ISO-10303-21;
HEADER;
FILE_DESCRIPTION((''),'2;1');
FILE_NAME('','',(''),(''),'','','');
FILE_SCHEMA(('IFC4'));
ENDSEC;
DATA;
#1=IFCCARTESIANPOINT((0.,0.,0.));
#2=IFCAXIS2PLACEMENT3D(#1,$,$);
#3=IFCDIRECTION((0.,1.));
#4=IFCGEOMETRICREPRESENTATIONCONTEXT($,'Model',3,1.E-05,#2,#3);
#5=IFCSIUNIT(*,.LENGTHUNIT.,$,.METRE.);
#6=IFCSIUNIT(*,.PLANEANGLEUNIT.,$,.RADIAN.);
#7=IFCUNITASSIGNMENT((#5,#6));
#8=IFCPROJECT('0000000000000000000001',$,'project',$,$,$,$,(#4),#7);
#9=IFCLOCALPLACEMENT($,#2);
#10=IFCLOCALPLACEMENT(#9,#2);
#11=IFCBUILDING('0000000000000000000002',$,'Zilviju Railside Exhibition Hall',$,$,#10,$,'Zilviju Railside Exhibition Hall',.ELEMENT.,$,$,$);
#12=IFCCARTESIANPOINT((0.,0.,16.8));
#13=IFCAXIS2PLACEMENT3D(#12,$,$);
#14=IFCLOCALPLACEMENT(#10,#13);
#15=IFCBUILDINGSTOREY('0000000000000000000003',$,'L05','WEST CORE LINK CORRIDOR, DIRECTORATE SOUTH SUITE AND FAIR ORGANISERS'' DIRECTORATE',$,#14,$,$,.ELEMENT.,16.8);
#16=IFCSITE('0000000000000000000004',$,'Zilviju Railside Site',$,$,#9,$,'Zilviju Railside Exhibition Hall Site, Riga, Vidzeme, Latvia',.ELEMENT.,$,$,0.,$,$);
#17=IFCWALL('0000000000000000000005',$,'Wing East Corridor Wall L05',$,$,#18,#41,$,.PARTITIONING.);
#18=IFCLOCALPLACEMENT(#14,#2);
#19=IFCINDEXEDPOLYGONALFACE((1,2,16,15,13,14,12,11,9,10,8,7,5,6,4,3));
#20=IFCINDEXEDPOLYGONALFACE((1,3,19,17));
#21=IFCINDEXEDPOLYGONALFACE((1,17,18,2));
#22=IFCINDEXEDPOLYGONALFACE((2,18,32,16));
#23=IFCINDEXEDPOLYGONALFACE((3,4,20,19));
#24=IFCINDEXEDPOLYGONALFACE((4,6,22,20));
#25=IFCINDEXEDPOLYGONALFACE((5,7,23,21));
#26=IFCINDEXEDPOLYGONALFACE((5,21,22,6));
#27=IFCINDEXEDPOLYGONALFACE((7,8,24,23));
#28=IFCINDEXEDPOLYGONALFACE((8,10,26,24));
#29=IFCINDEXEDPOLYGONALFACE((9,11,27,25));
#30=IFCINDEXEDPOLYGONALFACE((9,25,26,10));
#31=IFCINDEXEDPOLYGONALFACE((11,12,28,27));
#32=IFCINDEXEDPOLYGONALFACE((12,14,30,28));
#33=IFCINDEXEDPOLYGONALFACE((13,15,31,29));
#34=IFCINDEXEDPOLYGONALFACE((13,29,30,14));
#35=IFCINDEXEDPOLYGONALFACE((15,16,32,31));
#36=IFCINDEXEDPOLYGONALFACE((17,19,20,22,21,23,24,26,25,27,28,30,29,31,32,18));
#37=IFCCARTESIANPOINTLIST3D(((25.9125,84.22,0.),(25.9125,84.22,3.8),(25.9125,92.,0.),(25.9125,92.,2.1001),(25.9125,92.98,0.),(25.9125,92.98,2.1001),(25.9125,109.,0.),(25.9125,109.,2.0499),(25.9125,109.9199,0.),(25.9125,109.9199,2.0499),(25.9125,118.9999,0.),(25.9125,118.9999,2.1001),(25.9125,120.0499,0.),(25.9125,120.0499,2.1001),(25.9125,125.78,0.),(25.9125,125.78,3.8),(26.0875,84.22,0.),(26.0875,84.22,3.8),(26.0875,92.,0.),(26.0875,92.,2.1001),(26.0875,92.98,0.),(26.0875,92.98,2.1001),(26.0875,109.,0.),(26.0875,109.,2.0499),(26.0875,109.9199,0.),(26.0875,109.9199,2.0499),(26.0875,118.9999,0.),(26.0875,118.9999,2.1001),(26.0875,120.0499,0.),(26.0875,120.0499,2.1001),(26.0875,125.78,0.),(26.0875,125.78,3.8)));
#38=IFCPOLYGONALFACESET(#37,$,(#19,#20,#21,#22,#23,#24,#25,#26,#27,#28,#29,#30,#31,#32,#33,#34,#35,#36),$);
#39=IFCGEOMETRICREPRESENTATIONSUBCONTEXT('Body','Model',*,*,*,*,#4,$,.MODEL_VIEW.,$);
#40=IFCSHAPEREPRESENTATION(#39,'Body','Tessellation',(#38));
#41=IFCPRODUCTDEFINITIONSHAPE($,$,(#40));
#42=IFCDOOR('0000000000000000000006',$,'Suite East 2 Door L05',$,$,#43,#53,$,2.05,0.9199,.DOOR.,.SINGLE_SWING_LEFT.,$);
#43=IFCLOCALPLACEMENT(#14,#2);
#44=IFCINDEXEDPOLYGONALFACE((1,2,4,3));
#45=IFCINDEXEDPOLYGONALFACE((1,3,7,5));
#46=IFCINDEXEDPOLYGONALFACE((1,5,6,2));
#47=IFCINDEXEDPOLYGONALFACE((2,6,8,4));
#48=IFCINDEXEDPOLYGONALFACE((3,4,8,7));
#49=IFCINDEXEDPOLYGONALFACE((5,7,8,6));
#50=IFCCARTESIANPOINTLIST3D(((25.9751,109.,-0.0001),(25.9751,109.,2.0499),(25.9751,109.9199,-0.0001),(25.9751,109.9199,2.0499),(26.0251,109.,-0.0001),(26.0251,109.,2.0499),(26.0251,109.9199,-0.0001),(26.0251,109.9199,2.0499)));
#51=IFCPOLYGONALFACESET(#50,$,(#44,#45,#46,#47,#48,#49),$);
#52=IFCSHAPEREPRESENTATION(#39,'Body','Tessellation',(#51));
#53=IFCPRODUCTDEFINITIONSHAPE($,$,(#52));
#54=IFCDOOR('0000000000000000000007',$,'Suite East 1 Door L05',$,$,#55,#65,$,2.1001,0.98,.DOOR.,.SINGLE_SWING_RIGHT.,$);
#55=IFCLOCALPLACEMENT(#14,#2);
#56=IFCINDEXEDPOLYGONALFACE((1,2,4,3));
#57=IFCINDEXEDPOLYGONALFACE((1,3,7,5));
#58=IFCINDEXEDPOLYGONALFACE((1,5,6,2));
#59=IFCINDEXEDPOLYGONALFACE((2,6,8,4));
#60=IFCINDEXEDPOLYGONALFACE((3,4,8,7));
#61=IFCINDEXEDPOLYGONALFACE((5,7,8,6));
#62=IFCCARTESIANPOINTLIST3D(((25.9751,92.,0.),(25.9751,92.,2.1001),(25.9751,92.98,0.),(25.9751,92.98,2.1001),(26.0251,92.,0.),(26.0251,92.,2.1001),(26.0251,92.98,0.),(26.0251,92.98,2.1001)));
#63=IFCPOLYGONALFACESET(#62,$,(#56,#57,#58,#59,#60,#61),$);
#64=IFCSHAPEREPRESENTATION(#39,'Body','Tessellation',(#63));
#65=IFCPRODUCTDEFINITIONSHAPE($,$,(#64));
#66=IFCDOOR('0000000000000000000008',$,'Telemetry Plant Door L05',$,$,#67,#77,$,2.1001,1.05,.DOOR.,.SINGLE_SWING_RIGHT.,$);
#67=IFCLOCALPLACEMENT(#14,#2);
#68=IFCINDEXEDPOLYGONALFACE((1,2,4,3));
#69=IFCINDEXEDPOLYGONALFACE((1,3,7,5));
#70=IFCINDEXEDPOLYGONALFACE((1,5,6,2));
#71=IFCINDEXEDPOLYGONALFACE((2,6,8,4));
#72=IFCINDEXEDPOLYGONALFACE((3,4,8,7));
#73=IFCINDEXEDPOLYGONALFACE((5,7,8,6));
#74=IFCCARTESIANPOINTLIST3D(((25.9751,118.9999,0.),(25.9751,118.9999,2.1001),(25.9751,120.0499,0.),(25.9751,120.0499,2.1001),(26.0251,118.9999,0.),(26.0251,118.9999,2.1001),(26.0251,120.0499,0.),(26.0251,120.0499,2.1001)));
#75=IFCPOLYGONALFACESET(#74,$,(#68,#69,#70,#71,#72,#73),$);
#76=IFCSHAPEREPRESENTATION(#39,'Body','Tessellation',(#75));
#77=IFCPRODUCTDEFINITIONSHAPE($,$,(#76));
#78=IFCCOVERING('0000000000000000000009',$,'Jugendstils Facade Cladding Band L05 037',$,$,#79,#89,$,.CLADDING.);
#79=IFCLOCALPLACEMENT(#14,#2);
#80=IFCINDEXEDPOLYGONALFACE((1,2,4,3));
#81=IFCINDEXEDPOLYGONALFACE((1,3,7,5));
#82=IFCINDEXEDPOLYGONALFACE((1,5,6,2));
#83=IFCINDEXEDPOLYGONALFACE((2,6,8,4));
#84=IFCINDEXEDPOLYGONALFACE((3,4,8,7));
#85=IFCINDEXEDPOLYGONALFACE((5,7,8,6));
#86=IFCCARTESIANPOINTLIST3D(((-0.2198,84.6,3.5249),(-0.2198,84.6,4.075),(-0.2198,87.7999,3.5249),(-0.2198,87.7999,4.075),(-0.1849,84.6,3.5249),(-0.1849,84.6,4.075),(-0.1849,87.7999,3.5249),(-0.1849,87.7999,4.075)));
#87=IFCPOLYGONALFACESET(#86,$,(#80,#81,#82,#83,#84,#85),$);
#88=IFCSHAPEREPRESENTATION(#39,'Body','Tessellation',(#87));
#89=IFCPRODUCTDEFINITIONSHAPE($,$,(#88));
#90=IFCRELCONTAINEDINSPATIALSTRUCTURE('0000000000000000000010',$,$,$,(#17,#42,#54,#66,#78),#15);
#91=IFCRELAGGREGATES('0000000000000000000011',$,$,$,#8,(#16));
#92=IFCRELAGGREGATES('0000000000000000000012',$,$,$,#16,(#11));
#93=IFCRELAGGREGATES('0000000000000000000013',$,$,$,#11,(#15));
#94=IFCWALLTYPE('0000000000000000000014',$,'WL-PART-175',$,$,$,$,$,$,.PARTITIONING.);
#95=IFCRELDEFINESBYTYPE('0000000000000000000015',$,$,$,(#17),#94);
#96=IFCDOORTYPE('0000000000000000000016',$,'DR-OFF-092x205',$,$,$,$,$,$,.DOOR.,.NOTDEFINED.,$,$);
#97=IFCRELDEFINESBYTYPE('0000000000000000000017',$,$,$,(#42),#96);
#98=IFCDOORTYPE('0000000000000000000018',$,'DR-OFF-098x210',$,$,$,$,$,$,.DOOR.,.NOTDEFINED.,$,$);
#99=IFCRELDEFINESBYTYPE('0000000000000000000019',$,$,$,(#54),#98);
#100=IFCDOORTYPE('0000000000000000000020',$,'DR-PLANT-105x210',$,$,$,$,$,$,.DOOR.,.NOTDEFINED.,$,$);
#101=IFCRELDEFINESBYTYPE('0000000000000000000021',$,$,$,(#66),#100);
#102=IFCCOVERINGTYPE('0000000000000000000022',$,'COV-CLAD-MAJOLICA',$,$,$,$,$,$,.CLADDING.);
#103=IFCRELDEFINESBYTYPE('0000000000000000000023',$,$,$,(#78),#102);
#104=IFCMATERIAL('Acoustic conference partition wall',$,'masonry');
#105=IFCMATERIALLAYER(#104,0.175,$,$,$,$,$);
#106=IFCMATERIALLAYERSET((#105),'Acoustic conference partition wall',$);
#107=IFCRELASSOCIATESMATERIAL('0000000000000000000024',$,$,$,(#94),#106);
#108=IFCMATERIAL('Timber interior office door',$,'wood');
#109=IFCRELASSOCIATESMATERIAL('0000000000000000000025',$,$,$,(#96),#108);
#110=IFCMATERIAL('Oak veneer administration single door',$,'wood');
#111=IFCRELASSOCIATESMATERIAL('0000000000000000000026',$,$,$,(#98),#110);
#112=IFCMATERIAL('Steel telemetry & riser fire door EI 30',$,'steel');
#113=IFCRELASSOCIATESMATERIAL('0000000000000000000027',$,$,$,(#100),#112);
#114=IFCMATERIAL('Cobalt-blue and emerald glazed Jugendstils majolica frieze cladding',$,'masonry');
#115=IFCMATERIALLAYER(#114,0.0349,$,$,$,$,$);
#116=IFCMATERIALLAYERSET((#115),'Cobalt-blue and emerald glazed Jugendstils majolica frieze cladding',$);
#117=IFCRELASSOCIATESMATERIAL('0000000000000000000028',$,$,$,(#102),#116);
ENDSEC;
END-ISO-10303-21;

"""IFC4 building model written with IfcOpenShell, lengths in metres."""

from ifc_helpers import new_model, si_unit, direction, frame, frame_2d, origin, origin_2d, place, context, subcontext, project, spatial, rectangle, extrude, material, layer, layer_set, type_object, element, fill, save


model = new_model("IFC4")

# Units and contexts
model_context = context("Model", 3, precision=1e-05, world=origin(), true_north=direction((0.0, 1.0)))
body_context = subcontext(model_context, "Body", "Model", "MODEL_VIEW")
ifc_project = project(units=[si_unit("LENGTHUNIT", "METRE"), si_unit("PLANEANGLEUNIT", "RADIAN")], contexts=[model_context])

# Site, building, storey
site_placement = place(None, origin())
site = spatial("IfcSite", under=ifc_project, at=site_placement, Name="Zilviju Railside Site", LongName="Zilviju Railside Exhibition Hall Site, Riga, Vidzeme, Latvia", CompositionType="ELEMENT", RefElevation=0.0)
building_placement = place(site_placement, origin())
building = spatial("IfcBuilding", under=site, at=building_placement, Name="Zilviju Railside Exhibition Hall", LongName="Zilviju Railside Exhibition Hall", CompositionType="ELEMENT")
storey_placement = place(building_placement, frame((0.0, 0.0, 16.8)))
storey = spatial("IfcBuildingStorey", under=building, at=storey_placement, Name="L05", Description="WEST CORE LINK CORRIDOR, DIRECTORATE SOUTH SUITE AND FAIR ORGANISERS' DIRECTORATE", CompositionType="ELEMENT", Elevation=16.8)

# Wall, openings, doors
ifc_material_1 = material(Name="Acoustic conference partition wall", Category="masonry")
ifc_layer_1 = layer(ifc_material_1, 0.175)
ifc_layer_set_1 = layer_set([ifc_layer_1], Name="Acoustic conference partition wall")
wall_type_1 = type_object("IfcWallType", Name="WL-PART-175", PredefinedType="PARTITIONING", material=ifc_layer_set_1)
wall_1_placement = place(storey_placement, frame((26.0, 84.22, 0.0), z_axis=(0.0, 0.0, 1.0), x_axis=(0.0, 1.0, 0.0)))
wall_1 = element("IfcWall", 1, at=wall_1_placement, inside=storey, type_object=wall_type_1, Name="Wing East Corridor Wall L05", PredefinedType="PARTITIONING", context=body_context, shape_type="SweptSolid", body=[
    extrude(rectangle(XDim=41.5601, YDim=0.175, at=frame_2d((20.78, 0.0))), origin(), (0.0, 0.0, 1.0), 3.8),
])
opening_1_placement = place(wall_1_placement, frame((7.78, 0.0, 0.0)))
opening_1 = element("IfcOpeningElement", 2, at=opening_1_placement, cuts=wall_1, PredefinedType="OPENING", context=body_context, shape_type="SweptSolid", body=[
    extrude(rectangle(XDim=0.98, YDim=2.1001, at=frame_2d((0.49, 1.05))), frame((0.0, 0.0974, 0.0), z_axis=(0.0, -1.0, 0.0), x_axis=(1.0, 0.0, 0.0)), (0.0, 0.0, 1.0), 0.1951),
])
opening_2_placement = place(wall_1_placement, frame((24.78, 0.0, 0.0)))
opening_2 = element("IfcOpeningElement", 3, at=opening_2_placement, cuts=wall_1, PredefinedType="OPENING", context=body_context, shape_type="SweptSolid", body=[
    extrude(rectangle(XDim=0.9199, YDim=2.05, at=frame_2d((0.46, 1.0249))), frame((0.0, 0.0974, 0.0), z_axis=(0.0, -1.0, 0.0), x_axis=(1.0, 0.0, 0.0)), (0.0, 0.0, 1.0), 0.1951),
])
opening_3_placement = place(wall_1_placement, frame((34.78, 0.0, 0.0)))
opening_3 = element("IfcOpeningElement", 4, at=opening_3_placement, cuts=wall_1, PredefinedType="OPENING", context=body_context, shape_type="SweptSolid", body=[
    extrude(rectangle(XDim=1.05, YDim=2.1001, at=frame_2d((0.5249, 1.05))), frame((0.0, 0.0974, 0.0), z_axis=(0.0, -1.0, 0.0), x_axis=(1.0, 0.0, 0.0)), (0.0, 0.0, 1.0), 0.1951),
])
ifc_material_2 = material(Name="Timber interior office door", Category="wood")
door_type_1 = type_object("IfcDoorType", Name="DR-OFF-092x205", OperationType="NOTDEFINED", PredefinedType="DOOR", material=ifc_material_2)
door_1_placement = place(opening_2_placement, origin())
door_1 = element("IfcDoor", 5, at=door_1_placement, inside=storey, type_object=door_type_1, Name="Suite East 2 Door L05", OperationType="SINGLE_SWING_LEFT", OverallHeight=2.05, OverallWidth=0.9199, PredefinedType="DOOR", context=body_context, shape_type="SweptSolid", body=[
    extrude(rectangle(XDim=0.9199, YDim=2.05, at=frame_2d((0.46, 1.0249))), frame((0.0, 0.0249, 0.0), z_axis=(0.0, -1.0, 0.0), x_axis=(1.0, 0.0, 0.0)), (0.0, 0.0, 1.0), 0.05),
])
fill(opening_2, door_1)
ifc_material_3 = material(Name="Oak veneer administration single door", Category="wood")
door_type_2 = type_object("IfcDoorType", Name="DR-OFF-098x210", OperationType="NOTDEFINED", PredefinedType="DOOR", material=ifc_material_3)
door_2_placement = place(opening_1_placement, origin())
door_2 = element("IfcDoor", 6, at=door_2_placement, inside=storey, type_object=door_type_2, Name="Suite East 1 Door L05", OperationType="SINGLE_SWING_RIGHT", OverallHeight=2.1001, OverallWidth=0.98, PredefinedType="DOOR", context=body_context, shape_type="SweptSolid", body=[
    extrude(rectangle(XDim=0.98, YDim=2.1001, at=frame_2d((0.49, 1.05))), frame((0.0, 0.0249, 0.0), z_axis=(0.0, -1.0, 0.0), x_axis=(1.0, 0.0, 0.0)), (0.0, 0.0, 1.0), 0.05),
])
fill(opening_1, door_2)
ifc_material_4 = material(Name="Steel telemetry & riser fire door EI 30", Category="steel")
door_type_3 = type_object("IfcDoorType", Name="DR-PLANT-105x210", OperationType="NOTDEFINED", PredefinedType="DOOR", material=ifc_material_4)
door_3_placement = place(opening_3_placement, origin())
door_3 = element("IfcDoor", 7, at=door_3_placement, inside=storey, type_object=door_type_3, Name="Telemetry Plant Door L05", OperationType="SINGLE_SWING_RIGHT", OverallHeight=2.1001, OverallWidth=1.05, PredefinedType="DOOR", context=body_context, shape_type="SweptSolid", body=[
    extrude(rectangle(XDim=1.05, YDim=2.1001, at=frame_2d((0.5249, 1.05))), frame((0.0, 0.0249, 0.0), z_axis=(0.0, -1.0, 0.0), x_axis=(1.0, 0.0, 0.0)), (0.0, 0.0, 1.0), 0.05),
])
fill(opening_3, door_3)

# Covering
ifc_material_5 = material(Name="Cobalt-blue and emerald glazed Jugendstils majolica frieze cladding", Category="masonry")
ifc_layer_2 = layer(ifc_material_5, 0.0349)
ifc_layer_set_2 = layer_set([ifc_layer_2], Name="Cobalt-blue and emerald glazed Jugendstils majolica frieze cladding")
covering_type = type_object("IfcCoveringType", Name="COV-CLAD-MAJOLICA", PredefinedType="CLADDING", material=ifc_layer_set_2)
covering_placement = place(storey_placement, frame((-0.2024, 86.2, 3.5249), z_axis=(0.0, 0.0, 1.0), x_axis=(0.0, 1.0, 0.0)))
element("IfcCovering", 8, at=covering_placement, inside=storey, type_object=covering_type, Name="Jugendstils Facade Cladding Band L05 037", PredefinedType="CLADDING", context=body_context, shape_type="SweptSolid", body=[
    extrude(rectangle(XDim=3.2, YDim=0.0349, at=origin_2d()), origin(), (0.0, 0.0, 1.0), 0.55),
])

save(model, "model.ifc")
